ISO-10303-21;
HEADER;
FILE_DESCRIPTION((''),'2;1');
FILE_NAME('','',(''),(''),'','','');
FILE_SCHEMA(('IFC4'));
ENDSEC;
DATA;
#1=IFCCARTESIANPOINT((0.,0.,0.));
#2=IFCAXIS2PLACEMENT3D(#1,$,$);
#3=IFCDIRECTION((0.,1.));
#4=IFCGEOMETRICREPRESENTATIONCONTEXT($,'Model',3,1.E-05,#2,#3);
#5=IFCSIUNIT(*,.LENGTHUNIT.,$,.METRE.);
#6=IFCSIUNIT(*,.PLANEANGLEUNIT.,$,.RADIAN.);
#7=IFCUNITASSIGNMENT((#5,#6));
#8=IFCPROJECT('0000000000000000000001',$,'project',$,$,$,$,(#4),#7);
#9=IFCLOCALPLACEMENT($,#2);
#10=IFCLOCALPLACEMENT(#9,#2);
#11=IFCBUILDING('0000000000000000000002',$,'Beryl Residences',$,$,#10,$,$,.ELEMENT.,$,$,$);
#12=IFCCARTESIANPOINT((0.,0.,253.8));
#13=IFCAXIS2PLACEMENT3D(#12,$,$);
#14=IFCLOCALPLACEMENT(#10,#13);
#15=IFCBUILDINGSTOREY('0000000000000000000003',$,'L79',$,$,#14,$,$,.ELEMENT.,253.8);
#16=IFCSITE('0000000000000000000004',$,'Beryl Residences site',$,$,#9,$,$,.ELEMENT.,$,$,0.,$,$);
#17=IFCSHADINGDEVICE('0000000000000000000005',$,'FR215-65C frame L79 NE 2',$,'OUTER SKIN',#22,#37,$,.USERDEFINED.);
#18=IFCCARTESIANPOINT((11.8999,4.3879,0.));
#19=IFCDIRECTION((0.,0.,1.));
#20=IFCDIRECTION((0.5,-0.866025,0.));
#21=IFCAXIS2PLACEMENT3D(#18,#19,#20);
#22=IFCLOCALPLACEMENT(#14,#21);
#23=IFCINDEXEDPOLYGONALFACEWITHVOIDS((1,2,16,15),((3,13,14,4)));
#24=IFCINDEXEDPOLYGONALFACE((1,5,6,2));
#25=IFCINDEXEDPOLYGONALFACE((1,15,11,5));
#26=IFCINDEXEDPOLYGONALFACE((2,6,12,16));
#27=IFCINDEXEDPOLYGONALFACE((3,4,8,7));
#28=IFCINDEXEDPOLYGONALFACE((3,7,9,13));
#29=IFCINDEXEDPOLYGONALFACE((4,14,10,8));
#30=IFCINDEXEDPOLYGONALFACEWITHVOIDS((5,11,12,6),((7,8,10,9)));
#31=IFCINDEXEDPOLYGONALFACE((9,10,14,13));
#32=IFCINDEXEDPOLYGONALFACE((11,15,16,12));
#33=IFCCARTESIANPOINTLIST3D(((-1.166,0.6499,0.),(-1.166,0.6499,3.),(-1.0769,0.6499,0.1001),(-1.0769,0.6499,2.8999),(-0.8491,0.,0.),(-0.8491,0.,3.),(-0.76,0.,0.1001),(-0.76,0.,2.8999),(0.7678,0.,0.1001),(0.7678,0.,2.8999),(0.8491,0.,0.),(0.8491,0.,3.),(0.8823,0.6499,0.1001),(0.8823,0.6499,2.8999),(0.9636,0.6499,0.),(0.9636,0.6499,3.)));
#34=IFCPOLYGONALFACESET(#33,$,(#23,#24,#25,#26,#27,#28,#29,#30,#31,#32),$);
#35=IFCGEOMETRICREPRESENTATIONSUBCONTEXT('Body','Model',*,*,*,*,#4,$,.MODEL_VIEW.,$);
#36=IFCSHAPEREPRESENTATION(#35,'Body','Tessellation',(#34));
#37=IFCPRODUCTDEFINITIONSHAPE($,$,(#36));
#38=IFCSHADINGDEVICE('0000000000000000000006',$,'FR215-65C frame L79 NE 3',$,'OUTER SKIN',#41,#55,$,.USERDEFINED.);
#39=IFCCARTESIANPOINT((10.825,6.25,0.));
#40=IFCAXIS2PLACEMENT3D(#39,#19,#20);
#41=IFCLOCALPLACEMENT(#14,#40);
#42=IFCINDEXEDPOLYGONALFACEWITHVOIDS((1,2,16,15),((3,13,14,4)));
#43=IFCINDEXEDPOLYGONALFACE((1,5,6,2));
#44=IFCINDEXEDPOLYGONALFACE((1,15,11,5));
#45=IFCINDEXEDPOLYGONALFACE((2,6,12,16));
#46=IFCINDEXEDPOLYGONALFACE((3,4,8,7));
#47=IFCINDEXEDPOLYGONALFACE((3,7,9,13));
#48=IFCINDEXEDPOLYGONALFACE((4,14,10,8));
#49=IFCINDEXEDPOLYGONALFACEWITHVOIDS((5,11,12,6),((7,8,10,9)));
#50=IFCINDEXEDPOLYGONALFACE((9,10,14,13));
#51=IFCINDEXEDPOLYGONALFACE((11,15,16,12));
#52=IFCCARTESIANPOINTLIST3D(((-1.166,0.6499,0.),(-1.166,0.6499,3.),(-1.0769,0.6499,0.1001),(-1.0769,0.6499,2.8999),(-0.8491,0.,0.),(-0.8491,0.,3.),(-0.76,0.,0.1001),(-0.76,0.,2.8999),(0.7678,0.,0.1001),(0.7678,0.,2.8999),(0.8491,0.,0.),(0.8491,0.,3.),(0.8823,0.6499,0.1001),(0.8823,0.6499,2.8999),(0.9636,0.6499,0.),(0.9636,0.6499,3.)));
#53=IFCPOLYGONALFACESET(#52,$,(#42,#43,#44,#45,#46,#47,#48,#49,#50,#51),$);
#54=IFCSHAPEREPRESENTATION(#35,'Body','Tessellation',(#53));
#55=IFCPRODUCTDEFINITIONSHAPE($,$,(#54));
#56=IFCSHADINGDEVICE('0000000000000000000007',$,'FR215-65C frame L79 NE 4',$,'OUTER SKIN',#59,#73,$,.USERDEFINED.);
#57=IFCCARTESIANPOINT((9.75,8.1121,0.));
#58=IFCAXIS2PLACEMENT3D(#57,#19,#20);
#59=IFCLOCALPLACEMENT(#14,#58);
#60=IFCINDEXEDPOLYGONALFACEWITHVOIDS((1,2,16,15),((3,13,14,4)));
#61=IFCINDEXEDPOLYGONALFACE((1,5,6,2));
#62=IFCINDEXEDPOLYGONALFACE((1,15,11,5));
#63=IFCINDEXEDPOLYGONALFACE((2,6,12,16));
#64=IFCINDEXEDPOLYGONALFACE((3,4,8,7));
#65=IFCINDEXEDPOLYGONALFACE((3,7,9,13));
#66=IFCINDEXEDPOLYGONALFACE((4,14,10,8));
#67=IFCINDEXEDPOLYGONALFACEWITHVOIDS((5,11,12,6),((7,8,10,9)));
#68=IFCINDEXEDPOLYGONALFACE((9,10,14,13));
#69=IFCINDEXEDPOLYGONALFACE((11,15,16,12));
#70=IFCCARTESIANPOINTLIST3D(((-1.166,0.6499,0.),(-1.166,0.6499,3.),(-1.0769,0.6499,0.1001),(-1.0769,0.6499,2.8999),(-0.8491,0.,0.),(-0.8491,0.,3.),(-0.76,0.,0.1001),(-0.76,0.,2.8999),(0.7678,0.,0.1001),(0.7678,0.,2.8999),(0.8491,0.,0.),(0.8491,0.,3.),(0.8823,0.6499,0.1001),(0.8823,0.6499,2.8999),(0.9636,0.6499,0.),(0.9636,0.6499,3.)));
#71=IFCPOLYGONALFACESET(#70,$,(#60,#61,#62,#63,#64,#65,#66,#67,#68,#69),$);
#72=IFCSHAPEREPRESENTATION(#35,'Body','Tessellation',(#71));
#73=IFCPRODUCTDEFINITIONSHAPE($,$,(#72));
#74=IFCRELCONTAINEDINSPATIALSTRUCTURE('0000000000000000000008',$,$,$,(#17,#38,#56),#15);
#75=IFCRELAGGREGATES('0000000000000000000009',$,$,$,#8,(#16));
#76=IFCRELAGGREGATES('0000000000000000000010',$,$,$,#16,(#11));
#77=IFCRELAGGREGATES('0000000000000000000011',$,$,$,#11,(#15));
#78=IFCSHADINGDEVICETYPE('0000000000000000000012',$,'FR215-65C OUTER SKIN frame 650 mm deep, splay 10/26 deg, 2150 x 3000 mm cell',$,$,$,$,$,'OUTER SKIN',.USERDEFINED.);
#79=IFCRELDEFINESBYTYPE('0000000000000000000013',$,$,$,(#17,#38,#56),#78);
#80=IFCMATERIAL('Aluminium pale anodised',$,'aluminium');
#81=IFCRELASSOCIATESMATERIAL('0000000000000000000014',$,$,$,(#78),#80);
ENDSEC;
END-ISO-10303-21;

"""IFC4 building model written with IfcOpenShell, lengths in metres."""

from ifc_helpers import new_model, entity, si_unit, direction, frame, origin, place, context, subcontext, project, spatial, source, transform, mapped, material, type_object, type_shapes, element, save


model = new_model("IFC4")

# Units and contexts
model_context = context("Model", 3, precision=1e-05, world=origin(), true_north=direction((0.0, 1.0)))
body_context = subcontext(model_context, "Body", "Model", "MODEL_VIEW")
ifc_project = project(units=[si_unit("LENGTHUNIT", "METRE"), si_unit("PLANEANGLEUNIT", "RADIAN")], contexts=[model_context])

# Site, building, storey
site_placement = place(None, origin())
site = spatial("IfcSite", under=ifc_project, at=site_placement, Name="Beryl Residences site", CompositionType="ELEMENT", RefElevation=0.0)
building_placement = place(site_placement, origin())
building = spatial("IfcBuilding", under=site, at=building_placement, Name="Beryl Residences", CompositionType="ELEMENT")
storey_placement = place(building_placement, frame((0.0, 0.0, 253.8)))
storey = spatial("IfcBuildingStorey", under=building, at=storey_placement, Name="L79", CompositionType="ELEMENT", Elevation=253.8)

# Shading devices
ifc_material_1 = material(Name="Aluminium pale anodised", Category="aluminium")
shading_device_type_1 = type_object("IfcShadingDeviceType", Name="FR215-65C OUTER SKIN frame 650 mm deep, splay 10/26 deg, 2150 x 3000 mm cell", ElementType="OUTER SKIN", PredefinedType="USERDEFINED", material=ifc_material_1)
cartesian_point_1 = entity("IfcCartesianPoint", [-0.8491, 0.0])
cartesian_point_2 = entity("IfcCartesianPoint", [-0.7678, 0.1001])
cartesian_point_3 = entity("IfcCartesianPoint", [-0.9636, 0.0])
cartesian_point_4 = entity("IfcCartesianPoint", [-0.8823, 0.1001])
shared_shape_1 = source(origin(), body_context, "Body", "SweptSolid", [
    entity("IfcExtrudedAreaSolidTapered", entity("IfcArbitraryProfileDefWithVoids", "AREA", None, entity("IfcPolyline", [cartesian_point_1, entity("IfcCartesianPoint", [0.8491, 0.0]), entity("IfcCartesianPoint", [0.8491, 3.0]), entity("IfcCartesianPoint", [-0.8491, 3.0]), cartesian_point_1]), [entity("IfcPolyline", [cartesian_point_2, entity("IfcCartesianPoint", [0.76, 0.1001]), entity("IfcCartesianPoint", [0.76, 2.8999]), entity("IfcCartesianPoint", [-0.7678, 2.8999]), cartesian_point_2])]), entity("IfcAxis2Placement3D", entity("IfcCartesianPoint", [0.0, 0.0, 0.0]), entity("IfcDirection", [0.0, 1.0, 0.0]), entity("IfcDirection", [-1.0, 0.0, 0.0])), entity("IfcDirection", [0.0, 0.0, 1.0]), 0.6499, entity("IfcArbitraryProfileDefWithVoids", "AREA", None, entity("IfcPolyline", [cartesian_point_3, entity("IfcCartesianPoint", [1.166, 0.0]), entity("IfcCartesianPoint", [1.166, 3.0]), entity("IfcCartesianPoint", [-0.9636, 3.0]), cartesian_point_3]), [entity("IfcPolyline", [cartesian_point_4, entity("IfcCartesianPoint", [1.0769, 0.1001]), entity("IfcCartesianPoint", [1.0769, 2.8999]), entity("IfcCartesianPoint", [-0.8823, 2.8999]), cartesian_point_4])])),
])
type_shapes(shading_device_type_1, [shared_shape_1])
for number, where, z_axis, x_axis, name in (
    (1, (11.8999, 4.3879, 0.0), (0.0, 0.0, 1.0), (0.5, -0.866025, 0.0), "FR215-65C frame L79 NE 2"),
    (2, (10.825, 6.25, 0.0), (0.0, 0.0, 1.0), (0.5, -0.866025, 0.0), "FR215-65C frame L79 NE 3"),
    (3, (9.75, 8.1121, 0.0), (0.0, 0.0, 1.0), (0.5, -0.866025, 0.0), "FR215-65C frame L79 NE 4"),
):
    element("IfcShadingDevice", number, at=place(storey_placement, frame(where, z_axis=z_axis, x_axis=x_axis)), inside=storey, type_object=shading_device_type_1, Name=name, ObjectType="OUTER SKIN", PredefinedType="USERDEFINED", context=body_context, shape_type="MappedRepresentation", body=[
        mapped(shared_shape_1, transform((0.0, 0.0, 0.0))),
    ])

save(model, "model.ifc")
